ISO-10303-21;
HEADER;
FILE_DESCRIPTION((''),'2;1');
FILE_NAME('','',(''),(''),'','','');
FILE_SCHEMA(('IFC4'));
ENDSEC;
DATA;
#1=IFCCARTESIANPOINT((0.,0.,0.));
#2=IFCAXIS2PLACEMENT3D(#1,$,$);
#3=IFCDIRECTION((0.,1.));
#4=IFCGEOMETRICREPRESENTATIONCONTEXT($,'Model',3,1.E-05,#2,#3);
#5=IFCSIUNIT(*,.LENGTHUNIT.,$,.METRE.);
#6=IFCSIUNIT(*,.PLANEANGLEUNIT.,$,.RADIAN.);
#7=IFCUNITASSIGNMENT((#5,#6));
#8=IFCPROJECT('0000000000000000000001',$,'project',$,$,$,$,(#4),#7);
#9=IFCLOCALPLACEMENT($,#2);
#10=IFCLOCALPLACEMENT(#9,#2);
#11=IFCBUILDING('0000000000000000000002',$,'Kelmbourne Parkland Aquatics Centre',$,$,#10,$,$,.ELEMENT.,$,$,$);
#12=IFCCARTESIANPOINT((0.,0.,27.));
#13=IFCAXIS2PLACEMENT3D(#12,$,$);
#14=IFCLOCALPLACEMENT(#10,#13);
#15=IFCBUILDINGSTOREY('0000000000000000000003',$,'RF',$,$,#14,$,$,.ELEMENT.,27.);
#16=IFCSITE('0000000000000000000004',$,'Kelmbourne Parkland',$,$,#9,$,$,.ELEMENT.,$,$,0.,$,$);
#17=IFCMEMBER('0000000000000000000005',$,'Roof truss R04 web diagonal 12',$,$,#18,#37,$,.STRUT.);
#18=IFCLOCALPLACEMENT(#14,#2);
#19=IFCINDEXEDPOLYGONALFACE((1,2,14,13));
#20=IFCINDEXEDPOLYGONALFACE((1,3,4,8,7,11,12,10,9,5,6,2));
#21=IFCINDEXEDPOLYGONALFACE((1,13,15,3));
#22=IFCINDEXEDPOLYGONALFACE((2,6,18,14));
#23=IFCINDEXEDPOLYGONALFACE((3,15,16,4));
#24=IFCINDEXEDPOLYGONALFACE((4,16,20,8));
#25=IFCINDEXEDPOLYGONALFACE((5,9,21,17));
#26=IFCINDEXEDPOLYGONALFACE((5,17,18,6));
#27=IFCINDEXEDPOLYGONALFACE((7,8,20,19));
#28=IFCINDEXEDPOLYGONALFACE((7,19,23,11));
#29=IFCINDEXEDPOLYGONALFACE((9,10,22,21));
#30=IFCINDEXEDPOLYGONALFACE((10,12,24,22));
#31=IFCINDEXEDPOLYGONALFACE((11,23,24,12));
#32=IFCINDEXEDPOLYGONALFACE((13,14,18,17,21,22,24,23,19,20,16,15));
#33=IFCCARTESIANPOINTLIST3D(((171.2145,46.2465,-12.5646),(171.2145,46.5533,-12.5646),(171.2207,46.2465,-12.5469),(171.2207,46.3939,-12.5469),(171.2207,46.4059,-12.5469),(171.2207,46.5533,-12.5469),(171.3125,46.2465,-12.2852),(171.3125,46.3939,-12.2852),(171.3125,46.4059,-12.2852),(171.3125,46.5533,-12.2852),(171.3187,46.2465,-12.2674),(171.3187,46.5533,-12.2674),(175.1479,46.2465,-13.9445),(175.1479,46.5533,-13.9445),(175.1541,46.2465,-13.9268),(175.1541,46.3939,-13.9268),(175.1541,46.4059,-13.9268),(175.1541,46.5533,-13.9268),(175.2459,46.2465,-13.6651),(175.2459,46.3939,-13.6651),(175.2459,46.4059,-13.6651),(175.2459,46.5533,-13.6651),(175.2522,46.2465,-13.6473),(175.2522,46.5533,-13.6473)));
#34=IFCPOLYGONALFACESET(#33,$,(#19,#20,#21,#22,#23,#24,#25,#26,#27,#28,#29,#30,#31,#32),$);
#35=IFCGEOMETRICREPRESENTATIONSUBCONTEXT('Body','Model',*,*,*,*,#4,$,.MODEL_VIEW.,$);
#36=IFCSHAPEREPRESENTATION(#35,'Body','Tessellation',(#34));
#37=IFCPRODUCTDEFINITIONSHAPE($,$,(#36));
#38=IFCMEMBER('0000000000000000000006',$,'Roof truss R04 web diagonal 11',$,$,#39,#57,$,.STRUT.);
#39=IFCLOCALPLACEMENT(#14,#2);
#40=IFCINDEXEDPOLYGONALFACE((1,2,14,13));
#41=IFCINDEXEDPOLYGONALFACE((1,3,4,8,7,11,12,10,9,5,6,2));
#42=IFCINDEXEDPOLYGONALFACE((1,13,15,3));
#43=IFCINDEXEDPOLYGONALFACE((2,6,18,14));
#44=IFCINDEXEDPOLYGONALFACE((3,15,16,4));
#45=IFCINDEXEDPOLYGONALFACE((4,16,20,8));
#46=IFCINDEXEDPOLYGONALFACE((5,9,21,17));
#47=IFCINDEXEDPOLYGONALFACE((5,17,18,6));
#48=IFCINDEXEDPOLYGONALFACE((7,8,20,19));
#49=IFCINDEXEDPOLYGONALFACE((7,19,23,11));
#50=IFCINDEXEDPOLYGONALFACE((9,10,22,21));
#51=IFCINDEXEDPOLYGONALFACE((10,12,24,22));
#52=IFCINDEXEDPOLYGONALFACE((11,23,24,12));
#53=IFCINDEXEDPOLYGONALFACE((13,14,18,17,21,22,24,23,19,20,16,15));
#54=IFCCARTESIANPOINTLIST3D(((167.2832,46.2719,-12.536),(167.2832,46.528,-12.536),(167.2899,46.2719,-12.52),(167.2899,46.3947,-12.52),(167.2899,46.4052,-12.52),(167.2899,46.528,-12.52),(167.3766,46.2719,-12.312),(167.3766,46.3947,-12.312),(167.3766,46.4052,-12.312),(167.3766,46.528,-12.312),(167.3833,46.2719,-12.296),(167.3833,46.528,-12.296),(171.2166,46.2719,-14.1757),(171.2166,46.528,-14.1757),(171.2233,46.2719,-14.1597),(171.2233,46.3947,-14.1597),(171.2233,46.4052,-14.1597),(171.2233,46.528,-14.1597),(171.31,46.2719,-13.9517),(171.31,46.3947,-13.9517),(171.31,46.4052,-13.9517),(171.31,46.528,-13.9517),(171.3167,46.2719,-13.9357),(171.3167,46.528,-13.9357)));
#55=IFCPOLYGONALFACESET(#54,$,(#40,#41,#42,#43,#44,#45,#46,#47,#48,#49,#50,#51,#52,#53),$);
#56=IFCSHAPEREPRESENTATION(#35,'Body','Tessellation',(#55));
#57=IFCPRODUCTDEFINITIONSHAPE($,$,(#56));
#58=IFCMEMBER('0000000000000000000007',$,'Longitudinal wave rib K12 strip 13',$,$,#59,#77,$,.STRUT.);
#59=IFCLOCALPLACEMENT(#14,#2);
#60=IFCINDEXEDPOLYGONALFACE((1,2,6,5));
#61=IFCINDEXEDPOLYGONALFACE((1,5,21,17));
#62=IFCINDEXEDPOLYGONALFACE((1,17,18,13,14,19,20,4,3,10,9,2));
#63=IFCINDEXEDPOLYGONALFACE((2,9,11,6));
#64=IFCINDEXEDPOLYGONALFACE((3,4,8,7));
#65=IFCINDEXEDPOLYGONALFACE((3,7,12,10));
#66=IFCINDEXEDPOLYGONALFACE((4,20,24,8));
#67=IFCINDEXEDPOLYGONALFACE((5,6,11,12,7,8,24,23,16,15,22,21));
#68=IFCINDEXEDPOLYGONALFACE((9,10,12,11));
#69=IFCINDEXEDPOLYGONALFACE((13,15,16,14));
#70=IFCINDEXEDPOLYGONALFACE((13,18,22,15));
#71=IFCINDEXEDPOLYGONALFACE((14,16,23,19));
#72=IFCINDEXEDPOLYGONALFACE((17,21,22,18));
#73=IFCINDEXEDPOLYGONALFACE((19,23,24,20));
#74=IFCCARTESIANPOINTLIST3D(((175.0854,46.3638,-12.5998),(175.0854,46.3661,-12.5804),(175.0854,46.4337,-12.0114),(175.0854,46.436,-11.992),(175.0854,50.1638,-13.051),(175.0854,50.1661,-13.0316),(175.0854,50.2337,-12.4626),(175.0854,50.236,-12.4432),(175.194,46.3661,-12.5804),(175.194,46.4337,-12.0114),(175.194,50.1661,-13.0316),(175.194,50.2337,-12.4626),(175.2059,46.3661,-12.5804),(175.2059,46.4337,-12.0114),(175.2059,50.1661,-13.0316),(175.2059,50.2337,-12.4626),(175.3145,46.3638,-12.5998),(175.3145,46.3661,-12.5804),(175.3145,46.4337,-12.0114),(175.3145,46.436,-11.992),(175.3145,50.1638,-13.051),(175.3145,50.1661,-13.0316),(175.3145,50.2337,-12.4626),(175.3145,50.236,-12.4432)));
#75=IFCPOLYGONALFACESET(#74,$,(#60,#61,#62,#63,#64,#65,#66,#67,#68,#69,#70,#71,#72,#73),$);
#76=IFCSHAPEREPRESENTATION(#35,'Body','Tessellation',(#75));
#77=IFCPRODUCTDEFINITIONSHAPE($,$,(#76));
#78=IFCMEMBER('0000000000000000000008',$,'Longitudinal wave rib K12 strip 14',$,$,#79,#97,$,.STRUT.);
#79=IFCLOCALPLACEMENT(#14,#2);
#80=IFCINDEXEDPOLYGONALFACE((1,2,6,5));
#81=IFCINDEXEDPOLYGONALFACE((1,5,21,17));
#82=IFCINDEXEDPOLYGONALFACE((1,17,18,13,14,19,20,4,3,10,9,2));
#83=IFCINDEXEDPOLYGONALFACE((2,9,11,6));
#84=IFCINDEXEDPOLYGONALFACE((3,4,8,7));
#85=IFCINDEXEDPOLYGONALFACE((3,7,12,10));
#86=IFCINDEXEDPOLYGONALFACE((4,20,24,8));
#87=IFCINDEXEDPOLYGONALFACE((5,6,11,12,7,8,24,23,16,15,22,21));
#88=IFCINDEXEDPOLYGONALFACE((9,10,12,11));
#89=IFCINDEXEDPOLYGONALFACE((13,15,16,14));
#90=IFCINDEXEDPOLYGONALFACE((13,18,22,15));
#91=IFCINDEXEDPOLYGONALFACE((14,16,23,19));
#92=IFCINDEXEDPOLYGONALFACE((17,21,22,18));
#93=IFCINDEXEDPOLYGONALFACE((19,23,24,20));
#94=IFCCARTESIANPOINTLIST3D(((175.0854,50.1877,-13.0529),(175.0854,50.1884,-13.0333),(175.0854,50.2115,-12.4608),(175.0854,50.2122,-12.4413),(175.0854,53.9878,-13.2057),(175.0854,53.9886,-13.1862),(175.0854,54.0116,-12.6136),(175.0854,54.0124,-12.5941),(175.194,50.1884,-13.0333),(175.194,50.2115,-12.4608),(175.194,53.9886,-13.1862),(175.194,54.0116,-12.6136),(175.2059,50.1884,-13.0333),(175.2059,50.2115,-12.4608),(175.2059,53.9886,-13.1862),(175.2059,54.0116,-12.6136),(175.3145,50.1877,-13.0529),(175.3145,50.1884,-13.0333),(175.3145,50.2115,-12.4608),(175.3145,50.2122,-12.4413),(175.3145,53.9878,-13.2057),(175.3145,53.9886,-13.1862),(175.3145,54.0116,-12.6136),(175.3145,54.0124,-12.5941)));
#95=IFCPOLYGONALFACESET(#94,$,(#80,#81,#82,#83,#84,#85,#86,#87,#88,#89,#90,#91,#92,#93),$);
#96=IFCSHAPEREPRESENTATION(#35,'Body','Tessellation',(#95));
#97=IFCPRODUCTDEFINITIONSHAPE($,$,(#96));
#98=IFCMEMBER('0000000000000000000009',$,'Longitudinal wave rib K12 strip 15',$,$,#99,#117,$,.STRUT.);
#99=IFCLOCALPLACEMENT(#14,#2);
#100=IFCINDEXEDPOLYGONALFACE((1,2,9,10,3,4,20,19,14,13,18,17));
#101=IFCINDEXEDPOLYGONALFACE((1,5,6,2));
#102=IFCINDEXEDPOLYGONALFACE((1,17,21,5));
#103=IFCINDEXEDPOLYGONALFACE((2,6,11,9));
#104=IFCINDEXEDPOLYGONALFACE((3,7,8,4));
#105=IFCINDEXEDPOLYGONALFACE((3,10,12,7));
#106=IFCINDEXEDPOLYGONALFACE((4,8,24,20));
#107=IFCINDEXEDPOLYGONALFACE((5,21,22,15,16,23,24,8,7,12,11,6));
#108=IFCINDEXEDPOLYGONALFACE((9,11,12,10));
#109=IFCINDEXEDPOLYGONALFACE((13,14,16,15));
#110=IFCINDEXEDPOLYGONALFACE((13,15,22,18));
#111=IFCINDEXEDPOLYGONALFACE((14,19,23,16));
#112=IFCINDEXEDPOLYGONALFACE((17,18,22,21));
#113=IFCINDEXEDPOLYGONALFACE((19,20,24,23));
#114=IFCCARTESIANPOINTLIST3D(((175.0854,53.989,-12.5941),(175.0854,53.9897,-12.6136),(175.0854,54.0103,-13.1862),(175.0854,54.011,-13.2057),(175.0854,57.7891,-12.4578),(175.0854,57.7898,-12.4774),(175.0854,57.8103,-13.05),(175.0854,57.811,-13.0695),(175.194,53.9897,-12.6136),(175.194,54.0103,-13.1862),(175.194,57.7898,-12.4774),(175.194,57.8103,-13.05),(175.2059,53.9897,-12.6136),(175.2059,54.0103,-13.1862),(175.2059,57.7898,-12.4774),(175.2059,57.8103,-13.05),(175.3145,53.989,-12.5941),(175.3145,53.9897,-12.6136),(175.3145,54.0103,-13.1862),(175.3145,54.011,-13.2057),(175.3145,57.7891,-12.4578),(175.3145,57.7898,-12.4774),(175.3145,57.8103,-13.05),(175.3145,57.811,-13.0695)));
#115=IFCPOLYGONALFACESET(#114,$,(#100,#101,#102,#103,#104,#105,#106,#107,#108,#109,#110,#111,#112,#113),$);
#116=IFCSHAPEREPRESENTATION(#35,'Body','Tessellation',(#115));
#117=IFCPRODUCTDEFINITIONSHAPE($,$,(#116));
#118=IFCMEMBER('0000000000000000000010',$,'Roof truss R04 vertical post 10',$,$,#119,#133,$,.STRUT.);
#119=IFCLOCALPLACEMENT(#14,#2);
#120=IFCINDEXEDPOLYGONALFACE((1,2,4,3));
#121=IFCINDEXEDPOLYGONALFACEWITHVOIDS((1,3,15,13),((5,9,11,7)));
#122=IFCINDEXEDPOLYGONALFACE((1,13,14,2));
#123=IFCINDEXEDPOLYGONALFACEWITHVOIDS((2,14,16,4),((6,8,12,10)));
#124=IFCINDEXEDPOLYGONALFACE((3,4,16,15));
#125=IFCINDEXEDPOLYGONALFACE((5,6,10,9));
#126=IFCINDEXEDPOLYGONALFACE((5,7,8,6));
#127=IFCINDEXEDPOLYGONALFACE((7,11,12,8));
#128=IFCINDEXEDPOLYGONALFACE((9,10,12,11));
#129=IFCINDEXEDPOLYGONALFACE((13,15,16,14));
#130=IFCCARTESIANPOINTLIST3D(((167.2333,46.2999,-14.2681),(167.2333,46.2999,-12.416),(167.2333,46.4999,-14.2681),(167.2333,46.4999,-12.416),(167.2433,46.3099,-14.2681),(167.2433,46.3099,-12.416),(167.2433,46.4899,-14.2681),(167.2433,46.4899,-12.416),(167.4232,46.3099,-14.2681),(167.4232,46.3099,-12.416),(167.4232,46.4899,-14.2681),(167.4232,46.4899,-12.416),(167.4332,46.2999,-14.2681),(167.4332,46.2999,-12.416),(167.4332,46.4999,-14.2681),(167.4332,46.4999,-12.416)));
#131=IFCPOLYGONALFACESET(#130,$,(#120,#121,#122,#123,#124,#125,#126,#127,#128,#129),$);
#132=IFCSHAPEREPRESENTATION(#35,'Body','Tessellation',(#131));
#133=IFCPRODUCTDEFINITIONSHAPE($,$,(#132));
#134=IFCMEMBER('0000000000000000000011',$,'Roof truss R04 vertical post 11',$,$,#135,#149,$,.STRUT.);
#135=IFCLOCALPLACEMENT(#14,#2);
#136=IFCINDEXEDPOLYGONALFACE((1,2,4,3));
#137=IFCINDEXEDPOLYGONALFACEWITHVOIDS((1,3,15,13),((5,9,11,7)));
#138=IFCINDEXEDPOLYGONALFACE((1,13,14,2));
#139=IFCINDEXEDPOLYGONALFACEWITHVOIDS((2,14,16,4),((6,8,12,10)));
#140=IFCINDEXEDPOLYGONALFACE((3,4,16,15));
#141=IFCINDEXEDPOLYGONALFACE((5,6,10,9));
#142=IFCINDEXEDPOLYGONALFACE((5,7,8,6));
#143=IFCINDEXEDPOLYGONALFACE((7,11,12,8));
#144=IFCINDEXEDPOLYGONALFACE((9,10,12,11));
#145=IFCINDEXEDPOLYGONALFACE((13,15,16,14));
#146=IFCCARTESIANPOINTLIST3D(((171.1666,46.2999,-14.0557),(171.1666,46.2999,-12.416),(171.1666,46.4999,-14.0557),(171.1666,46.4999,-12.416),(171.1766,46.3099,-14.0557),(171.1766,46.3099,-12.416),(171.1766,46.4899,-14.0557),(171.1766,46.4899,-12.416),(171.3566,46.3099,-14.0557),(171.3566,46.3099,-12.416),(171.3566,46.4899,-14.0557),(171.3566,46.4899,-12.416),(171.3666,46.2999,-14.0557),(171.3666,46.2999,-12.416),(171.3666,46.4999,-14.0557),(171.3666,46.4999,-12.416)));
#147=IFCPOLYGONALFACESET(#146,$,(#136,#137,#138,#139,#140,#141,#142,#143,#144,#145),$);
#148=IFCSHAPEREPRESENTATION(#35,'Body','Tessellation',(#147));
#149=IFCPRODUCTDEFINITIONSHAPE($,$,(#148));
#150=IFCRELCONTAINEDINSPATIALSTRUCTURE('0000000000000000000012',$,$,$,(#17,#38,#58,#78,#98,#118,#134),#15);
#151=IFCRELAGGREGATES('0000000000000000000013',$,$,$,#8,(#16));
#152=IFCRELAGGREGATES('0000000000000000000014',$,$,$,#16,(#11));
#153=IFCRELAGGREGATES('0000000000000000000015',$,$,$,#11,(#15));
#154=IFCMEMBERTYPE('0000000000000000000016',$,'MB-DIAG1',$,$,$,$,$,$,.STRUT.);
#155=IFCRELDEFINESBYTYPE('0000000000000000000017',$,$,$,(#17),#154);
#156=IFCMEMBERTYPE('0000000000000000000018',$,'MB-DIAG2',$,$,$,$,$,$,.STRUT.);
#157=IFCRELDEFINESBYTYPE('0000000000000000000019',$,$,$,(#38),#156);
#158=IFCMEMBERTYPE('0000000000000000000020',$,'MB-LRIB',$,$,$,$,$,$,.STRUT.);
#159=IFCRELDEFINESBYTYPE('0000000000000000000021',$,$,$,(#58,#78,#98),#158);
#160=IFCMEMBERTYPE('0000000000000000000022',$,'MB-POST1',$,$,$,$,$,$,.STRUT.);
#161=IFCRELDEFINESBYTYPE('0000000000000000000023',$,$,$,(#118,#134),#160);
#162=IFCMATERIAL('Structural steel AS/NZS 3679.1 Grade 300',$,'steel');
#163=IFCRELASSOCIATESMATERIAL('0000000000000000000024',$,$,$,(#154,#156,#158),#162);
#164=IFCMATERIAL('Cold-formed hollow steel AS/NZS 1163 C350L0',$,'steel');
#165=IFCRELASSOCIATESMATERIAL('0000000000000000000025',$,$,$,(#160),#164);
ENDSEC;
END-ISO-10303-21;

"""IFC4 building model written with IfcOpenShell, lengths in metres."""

from ifc_helpers import new_model, si_unit, direction, frame, origin, origin_2d, place, context, subcontext, project, spatial, hollow_rectangle, i_section, extrude, material, material_profile, profile_set, type_object, element, save


model = new_model("IFC4")

# Units and contexts
model_context = context("Model", 3, precision=1e-05, world=origin(), true_north=direction((0.0, 1.0)))
body_context = subcontext(model_context, "Body", "Model", "MODEL_VIEW")
ifc_project = project(units=[si_unit("LENGTHUNIT", "METRE"), si_unit("PLANEANGLEUNIT", "RADIAN")], contexts=[model_context])

# Site, building, storey
site_placement = place(None, origin())
site = spatial("IfcSite", under=ifc_project, at=site_placement, Name="Kelmbourne Parkland", CompositionType="ELEMENT", RefElevation=0.0)
building_placement = place(site_placement, origin())
building = spatial("IfcBuilding", under=site, at=building_placement, Name="Kelmbourne Parkland Aquatics Centre", CompositionType="ELEMENT")
storey_placement = place(building_placement, frame((0.0, 0.0, 27.0)))
storey = spatial("IfcBuildingStorey", under=building, at=storey_placement, Name="RF", CompositionType="ELEMENT", Elevation=27.0)

# Members
ifc_material_1 = material(Name="Structural steel AS/NZS 3679.1 Grade 300", Category="steel")
ifc_material_profile_1 = material_profile(ifc_material_1, i_section(OverallWidth=0.3069, OverallDepth=0.3149, WebThickness=0.012, FlangeThickness=0.0188, at=origin_2d()), Name="310UC118")
ifc_profile_set_1 = profile_set([ifc_material_profile_1], Name="Structural steel AS/NZS 3679.1 Grade 300")
member_type_1 = type_object("IfcMemberType", Name="MB-DIAG1", PredefinedType="STRUT", material=ifc_profile_set_1)
member_1_placement = place(storey_placement, frame((171.2666, 46.3999, -12.416), z_axis=(0.943618, 0.0, -0.331036), x_axis=(0.0, 1.0, 0.0)))
element("IfcMember", 1, at=member_1_placement, inside=storey, type_object=member_type_1, Name="Roof truss R04 web diagonal 12", PredefinedType="STRUT", context=body_context, shape_type="SweptSolid", body=[
    extrude(i_section(OverallWidth=0.3069, OverallDepth=0.3149, WebThickness=0.012, FlangeThickness=0.0188, at=origin_2d()), origin(), (0.0, 0.0, 1.0), 4.1685),
])
ifc_material_profile_2 = material_profile(ifc_material_1, i_section(OverallWidth=0.2561, OverallDepth=0.26, WebThickness=0.0105, FlangeThickness=0.0173, at=origin_2d()), Name="250UC89.5")
ifc_profile_set_2 = profile_set([ifc_material_profile_2], Name="Structural steel AS/NZS 3679.1 Grade 300")
member_type_2 = type_object("IfcMemberType", Name="MB-DIAG2", PredefinedType="STRUT", material=ifc_profile_set_2)
member_2_placement = place(storey_placement, frame((167.3333, 46.3999, -12.416), z_axis=(0.923014, 0.0, -0.384766), x_axis=(0.0, 1.0, 0.0)))
element("IfcMember", 2, at=member_2_placement, inside=storey, type_object=member_type_2, Name="Roof truss R04 web diagonal 11", PredefinedType="STRUT", context=body_context, shape_type="SweptSolid", body=[
    extrude(i_section(OverallWidth=0.2561, OverallDepth=0.26, WebThickness=0.0105, FlangeThickness=0.0173, at=origin_2d()), origin(), (0.0, 0.0, 1.0), 4.2615),
])
ifc_material_profile_3 = material_profile(ifc_material_1, i_section(OverallWidth=0.229, OverallDepth=0.6121, WebThickness=0.012, FlangeThickness=0.0195, at=origin_2d()), Name="610UB125")
ifc_profile_set_3 = profile_set([ifc_material_profile_3], Name="Structural steel AS/NZS 3679.1 Grade 300")
member_type_3 = type_object("IfcMemberType", Name="MB-LRIB", PredefinedType="STRUT", material=ifc_profile_set_3)
member_3_placement = place(storey_placement, frame((175.2, 46.3999, -12.2959), z_axis=(0.0, 0.993025, -0.1179), x_axis=(-1.0, 0.0, 0.0)))
element("IfcMember", 3, at=member_3_placement, inside=storey, type_object=member_type_3, Name="Longitudinal wave rib K12 strip 13", PredefinedType="STRUT", context=body_context, shape_type="SweptSolid", body=[
    extrude(i_section(OverallWidth=0.229, OverallDepth=0.6121, WebThickness=0.012, FlangeThickness=0.0195, at=origin_2d()), origin(), (0.0, 0.0, 1.0), 3.8267),
])
member_4_placement = place(storey_placement, frame((175.2, 50.2, -12.7471), z_axis=(0.0, 0.999192, -0.040186), x_axis=(-1.0, 0.0, 0.0)))
element("IfcMember", 4, at=member_4_placement, inside=storey, type_object=member_type_3, Name="Longitudinal wave rib K12 strip 14", PredefinedType="STRUT", context=body_context, shape_type="SweptSolid", body=[
    extrude(i_section(OverallWidth=0.229, OverallDepth=0.6121, WebThickness=0.012, FlangeThickness=0.0195, at=origin_2d()), origin(), (0.0, 0.0, 1.0), 3.8032),
])
member_5_placement = place(storey_placement, frame((175.2, 54.0, -12.8999), z_axis=(0.0, 0.999358, 0.035827), x_axis=(-1.0, 0.0, 0.0)))
element("IfcMember", 5, at=member_5_placement, inside=storey, type_object=member_type_3, Name="Longitudinal wave rib K12 strip 15", PredefinedType="STRUT", context=body_context, shape_type="SweptSolid", body=[
    extrude(i_section(OverallWidth=0.229, OverallDepth=0.6121, WebThickness=0.012, FlangeThickness=0.0195, at=origin_2d()), origin(), (0.0, 0.0, 1.0), 3.8025),
])
ifc_material_2 = material(Name="Cold-formed hollow steel AS/NZS 1163 C350L0", Category="steel")
ifc_material_profile_4 = material_profile(ifc_material_2, hollow_rectangle(XDim=0.2, YDim=0.2, WallThickness=0.01, at=origin_2d()), Name="SHS 200x200x10.0")
ifc_profile_set_4 = profile_set([ifc_material_profile_4], Name="Cold-formed hollow steel AS/NZS 1163 C350L0")
member_type_4 = type_object("IfcMemberType", Name="MB-POST1", PredefinedType="STRUT", material=ifc_profile_set_4)
member_6_placement = place(storey_placement, frame((167.3333, 46.3999, -14.2681), z_axis=(0.0, 0.0, 1.0), x_axis=(1.0, 0.0, 0.0)))
element("IfcMember", 6, at=member_6_placement, inside=storey, type_object=member_type_4, Name="Roof truss R04 vertical post 10", PredefinedType="STRUT", context=body_context, shape_type="SweptSolid", body=[
    extrude(hollow_rectangle(XDim=0.2, YDim=0.2, WallThickness=0.01, at=origin_2d()), origin(), (0.0, 0.0, 1.0), 1.8521),
])
member_7_placement = place(storey_placement, frame((171.2666, 46.3999, -14.0557), z_axis=(0.0, 0.0, 1.0), x_axis=(1.0, 0.0, 0.0)))
element("IfcMember", 7, at=member_7_placement, inside=storey, type_object=member_type_4, Name="Roof truss R04 vertical post 11", PredefinedType="STRUT", context=body_context, shape_type="SweptSolid", body=[
    extrude(hollow_rectangle(XDim=0.2, YDim=0.2, WallThickness=0.01, at=origin_2d()), origin(), (0.0, 0.0, 1.0), 1.6396),
])

save(model, "model.ifc")
